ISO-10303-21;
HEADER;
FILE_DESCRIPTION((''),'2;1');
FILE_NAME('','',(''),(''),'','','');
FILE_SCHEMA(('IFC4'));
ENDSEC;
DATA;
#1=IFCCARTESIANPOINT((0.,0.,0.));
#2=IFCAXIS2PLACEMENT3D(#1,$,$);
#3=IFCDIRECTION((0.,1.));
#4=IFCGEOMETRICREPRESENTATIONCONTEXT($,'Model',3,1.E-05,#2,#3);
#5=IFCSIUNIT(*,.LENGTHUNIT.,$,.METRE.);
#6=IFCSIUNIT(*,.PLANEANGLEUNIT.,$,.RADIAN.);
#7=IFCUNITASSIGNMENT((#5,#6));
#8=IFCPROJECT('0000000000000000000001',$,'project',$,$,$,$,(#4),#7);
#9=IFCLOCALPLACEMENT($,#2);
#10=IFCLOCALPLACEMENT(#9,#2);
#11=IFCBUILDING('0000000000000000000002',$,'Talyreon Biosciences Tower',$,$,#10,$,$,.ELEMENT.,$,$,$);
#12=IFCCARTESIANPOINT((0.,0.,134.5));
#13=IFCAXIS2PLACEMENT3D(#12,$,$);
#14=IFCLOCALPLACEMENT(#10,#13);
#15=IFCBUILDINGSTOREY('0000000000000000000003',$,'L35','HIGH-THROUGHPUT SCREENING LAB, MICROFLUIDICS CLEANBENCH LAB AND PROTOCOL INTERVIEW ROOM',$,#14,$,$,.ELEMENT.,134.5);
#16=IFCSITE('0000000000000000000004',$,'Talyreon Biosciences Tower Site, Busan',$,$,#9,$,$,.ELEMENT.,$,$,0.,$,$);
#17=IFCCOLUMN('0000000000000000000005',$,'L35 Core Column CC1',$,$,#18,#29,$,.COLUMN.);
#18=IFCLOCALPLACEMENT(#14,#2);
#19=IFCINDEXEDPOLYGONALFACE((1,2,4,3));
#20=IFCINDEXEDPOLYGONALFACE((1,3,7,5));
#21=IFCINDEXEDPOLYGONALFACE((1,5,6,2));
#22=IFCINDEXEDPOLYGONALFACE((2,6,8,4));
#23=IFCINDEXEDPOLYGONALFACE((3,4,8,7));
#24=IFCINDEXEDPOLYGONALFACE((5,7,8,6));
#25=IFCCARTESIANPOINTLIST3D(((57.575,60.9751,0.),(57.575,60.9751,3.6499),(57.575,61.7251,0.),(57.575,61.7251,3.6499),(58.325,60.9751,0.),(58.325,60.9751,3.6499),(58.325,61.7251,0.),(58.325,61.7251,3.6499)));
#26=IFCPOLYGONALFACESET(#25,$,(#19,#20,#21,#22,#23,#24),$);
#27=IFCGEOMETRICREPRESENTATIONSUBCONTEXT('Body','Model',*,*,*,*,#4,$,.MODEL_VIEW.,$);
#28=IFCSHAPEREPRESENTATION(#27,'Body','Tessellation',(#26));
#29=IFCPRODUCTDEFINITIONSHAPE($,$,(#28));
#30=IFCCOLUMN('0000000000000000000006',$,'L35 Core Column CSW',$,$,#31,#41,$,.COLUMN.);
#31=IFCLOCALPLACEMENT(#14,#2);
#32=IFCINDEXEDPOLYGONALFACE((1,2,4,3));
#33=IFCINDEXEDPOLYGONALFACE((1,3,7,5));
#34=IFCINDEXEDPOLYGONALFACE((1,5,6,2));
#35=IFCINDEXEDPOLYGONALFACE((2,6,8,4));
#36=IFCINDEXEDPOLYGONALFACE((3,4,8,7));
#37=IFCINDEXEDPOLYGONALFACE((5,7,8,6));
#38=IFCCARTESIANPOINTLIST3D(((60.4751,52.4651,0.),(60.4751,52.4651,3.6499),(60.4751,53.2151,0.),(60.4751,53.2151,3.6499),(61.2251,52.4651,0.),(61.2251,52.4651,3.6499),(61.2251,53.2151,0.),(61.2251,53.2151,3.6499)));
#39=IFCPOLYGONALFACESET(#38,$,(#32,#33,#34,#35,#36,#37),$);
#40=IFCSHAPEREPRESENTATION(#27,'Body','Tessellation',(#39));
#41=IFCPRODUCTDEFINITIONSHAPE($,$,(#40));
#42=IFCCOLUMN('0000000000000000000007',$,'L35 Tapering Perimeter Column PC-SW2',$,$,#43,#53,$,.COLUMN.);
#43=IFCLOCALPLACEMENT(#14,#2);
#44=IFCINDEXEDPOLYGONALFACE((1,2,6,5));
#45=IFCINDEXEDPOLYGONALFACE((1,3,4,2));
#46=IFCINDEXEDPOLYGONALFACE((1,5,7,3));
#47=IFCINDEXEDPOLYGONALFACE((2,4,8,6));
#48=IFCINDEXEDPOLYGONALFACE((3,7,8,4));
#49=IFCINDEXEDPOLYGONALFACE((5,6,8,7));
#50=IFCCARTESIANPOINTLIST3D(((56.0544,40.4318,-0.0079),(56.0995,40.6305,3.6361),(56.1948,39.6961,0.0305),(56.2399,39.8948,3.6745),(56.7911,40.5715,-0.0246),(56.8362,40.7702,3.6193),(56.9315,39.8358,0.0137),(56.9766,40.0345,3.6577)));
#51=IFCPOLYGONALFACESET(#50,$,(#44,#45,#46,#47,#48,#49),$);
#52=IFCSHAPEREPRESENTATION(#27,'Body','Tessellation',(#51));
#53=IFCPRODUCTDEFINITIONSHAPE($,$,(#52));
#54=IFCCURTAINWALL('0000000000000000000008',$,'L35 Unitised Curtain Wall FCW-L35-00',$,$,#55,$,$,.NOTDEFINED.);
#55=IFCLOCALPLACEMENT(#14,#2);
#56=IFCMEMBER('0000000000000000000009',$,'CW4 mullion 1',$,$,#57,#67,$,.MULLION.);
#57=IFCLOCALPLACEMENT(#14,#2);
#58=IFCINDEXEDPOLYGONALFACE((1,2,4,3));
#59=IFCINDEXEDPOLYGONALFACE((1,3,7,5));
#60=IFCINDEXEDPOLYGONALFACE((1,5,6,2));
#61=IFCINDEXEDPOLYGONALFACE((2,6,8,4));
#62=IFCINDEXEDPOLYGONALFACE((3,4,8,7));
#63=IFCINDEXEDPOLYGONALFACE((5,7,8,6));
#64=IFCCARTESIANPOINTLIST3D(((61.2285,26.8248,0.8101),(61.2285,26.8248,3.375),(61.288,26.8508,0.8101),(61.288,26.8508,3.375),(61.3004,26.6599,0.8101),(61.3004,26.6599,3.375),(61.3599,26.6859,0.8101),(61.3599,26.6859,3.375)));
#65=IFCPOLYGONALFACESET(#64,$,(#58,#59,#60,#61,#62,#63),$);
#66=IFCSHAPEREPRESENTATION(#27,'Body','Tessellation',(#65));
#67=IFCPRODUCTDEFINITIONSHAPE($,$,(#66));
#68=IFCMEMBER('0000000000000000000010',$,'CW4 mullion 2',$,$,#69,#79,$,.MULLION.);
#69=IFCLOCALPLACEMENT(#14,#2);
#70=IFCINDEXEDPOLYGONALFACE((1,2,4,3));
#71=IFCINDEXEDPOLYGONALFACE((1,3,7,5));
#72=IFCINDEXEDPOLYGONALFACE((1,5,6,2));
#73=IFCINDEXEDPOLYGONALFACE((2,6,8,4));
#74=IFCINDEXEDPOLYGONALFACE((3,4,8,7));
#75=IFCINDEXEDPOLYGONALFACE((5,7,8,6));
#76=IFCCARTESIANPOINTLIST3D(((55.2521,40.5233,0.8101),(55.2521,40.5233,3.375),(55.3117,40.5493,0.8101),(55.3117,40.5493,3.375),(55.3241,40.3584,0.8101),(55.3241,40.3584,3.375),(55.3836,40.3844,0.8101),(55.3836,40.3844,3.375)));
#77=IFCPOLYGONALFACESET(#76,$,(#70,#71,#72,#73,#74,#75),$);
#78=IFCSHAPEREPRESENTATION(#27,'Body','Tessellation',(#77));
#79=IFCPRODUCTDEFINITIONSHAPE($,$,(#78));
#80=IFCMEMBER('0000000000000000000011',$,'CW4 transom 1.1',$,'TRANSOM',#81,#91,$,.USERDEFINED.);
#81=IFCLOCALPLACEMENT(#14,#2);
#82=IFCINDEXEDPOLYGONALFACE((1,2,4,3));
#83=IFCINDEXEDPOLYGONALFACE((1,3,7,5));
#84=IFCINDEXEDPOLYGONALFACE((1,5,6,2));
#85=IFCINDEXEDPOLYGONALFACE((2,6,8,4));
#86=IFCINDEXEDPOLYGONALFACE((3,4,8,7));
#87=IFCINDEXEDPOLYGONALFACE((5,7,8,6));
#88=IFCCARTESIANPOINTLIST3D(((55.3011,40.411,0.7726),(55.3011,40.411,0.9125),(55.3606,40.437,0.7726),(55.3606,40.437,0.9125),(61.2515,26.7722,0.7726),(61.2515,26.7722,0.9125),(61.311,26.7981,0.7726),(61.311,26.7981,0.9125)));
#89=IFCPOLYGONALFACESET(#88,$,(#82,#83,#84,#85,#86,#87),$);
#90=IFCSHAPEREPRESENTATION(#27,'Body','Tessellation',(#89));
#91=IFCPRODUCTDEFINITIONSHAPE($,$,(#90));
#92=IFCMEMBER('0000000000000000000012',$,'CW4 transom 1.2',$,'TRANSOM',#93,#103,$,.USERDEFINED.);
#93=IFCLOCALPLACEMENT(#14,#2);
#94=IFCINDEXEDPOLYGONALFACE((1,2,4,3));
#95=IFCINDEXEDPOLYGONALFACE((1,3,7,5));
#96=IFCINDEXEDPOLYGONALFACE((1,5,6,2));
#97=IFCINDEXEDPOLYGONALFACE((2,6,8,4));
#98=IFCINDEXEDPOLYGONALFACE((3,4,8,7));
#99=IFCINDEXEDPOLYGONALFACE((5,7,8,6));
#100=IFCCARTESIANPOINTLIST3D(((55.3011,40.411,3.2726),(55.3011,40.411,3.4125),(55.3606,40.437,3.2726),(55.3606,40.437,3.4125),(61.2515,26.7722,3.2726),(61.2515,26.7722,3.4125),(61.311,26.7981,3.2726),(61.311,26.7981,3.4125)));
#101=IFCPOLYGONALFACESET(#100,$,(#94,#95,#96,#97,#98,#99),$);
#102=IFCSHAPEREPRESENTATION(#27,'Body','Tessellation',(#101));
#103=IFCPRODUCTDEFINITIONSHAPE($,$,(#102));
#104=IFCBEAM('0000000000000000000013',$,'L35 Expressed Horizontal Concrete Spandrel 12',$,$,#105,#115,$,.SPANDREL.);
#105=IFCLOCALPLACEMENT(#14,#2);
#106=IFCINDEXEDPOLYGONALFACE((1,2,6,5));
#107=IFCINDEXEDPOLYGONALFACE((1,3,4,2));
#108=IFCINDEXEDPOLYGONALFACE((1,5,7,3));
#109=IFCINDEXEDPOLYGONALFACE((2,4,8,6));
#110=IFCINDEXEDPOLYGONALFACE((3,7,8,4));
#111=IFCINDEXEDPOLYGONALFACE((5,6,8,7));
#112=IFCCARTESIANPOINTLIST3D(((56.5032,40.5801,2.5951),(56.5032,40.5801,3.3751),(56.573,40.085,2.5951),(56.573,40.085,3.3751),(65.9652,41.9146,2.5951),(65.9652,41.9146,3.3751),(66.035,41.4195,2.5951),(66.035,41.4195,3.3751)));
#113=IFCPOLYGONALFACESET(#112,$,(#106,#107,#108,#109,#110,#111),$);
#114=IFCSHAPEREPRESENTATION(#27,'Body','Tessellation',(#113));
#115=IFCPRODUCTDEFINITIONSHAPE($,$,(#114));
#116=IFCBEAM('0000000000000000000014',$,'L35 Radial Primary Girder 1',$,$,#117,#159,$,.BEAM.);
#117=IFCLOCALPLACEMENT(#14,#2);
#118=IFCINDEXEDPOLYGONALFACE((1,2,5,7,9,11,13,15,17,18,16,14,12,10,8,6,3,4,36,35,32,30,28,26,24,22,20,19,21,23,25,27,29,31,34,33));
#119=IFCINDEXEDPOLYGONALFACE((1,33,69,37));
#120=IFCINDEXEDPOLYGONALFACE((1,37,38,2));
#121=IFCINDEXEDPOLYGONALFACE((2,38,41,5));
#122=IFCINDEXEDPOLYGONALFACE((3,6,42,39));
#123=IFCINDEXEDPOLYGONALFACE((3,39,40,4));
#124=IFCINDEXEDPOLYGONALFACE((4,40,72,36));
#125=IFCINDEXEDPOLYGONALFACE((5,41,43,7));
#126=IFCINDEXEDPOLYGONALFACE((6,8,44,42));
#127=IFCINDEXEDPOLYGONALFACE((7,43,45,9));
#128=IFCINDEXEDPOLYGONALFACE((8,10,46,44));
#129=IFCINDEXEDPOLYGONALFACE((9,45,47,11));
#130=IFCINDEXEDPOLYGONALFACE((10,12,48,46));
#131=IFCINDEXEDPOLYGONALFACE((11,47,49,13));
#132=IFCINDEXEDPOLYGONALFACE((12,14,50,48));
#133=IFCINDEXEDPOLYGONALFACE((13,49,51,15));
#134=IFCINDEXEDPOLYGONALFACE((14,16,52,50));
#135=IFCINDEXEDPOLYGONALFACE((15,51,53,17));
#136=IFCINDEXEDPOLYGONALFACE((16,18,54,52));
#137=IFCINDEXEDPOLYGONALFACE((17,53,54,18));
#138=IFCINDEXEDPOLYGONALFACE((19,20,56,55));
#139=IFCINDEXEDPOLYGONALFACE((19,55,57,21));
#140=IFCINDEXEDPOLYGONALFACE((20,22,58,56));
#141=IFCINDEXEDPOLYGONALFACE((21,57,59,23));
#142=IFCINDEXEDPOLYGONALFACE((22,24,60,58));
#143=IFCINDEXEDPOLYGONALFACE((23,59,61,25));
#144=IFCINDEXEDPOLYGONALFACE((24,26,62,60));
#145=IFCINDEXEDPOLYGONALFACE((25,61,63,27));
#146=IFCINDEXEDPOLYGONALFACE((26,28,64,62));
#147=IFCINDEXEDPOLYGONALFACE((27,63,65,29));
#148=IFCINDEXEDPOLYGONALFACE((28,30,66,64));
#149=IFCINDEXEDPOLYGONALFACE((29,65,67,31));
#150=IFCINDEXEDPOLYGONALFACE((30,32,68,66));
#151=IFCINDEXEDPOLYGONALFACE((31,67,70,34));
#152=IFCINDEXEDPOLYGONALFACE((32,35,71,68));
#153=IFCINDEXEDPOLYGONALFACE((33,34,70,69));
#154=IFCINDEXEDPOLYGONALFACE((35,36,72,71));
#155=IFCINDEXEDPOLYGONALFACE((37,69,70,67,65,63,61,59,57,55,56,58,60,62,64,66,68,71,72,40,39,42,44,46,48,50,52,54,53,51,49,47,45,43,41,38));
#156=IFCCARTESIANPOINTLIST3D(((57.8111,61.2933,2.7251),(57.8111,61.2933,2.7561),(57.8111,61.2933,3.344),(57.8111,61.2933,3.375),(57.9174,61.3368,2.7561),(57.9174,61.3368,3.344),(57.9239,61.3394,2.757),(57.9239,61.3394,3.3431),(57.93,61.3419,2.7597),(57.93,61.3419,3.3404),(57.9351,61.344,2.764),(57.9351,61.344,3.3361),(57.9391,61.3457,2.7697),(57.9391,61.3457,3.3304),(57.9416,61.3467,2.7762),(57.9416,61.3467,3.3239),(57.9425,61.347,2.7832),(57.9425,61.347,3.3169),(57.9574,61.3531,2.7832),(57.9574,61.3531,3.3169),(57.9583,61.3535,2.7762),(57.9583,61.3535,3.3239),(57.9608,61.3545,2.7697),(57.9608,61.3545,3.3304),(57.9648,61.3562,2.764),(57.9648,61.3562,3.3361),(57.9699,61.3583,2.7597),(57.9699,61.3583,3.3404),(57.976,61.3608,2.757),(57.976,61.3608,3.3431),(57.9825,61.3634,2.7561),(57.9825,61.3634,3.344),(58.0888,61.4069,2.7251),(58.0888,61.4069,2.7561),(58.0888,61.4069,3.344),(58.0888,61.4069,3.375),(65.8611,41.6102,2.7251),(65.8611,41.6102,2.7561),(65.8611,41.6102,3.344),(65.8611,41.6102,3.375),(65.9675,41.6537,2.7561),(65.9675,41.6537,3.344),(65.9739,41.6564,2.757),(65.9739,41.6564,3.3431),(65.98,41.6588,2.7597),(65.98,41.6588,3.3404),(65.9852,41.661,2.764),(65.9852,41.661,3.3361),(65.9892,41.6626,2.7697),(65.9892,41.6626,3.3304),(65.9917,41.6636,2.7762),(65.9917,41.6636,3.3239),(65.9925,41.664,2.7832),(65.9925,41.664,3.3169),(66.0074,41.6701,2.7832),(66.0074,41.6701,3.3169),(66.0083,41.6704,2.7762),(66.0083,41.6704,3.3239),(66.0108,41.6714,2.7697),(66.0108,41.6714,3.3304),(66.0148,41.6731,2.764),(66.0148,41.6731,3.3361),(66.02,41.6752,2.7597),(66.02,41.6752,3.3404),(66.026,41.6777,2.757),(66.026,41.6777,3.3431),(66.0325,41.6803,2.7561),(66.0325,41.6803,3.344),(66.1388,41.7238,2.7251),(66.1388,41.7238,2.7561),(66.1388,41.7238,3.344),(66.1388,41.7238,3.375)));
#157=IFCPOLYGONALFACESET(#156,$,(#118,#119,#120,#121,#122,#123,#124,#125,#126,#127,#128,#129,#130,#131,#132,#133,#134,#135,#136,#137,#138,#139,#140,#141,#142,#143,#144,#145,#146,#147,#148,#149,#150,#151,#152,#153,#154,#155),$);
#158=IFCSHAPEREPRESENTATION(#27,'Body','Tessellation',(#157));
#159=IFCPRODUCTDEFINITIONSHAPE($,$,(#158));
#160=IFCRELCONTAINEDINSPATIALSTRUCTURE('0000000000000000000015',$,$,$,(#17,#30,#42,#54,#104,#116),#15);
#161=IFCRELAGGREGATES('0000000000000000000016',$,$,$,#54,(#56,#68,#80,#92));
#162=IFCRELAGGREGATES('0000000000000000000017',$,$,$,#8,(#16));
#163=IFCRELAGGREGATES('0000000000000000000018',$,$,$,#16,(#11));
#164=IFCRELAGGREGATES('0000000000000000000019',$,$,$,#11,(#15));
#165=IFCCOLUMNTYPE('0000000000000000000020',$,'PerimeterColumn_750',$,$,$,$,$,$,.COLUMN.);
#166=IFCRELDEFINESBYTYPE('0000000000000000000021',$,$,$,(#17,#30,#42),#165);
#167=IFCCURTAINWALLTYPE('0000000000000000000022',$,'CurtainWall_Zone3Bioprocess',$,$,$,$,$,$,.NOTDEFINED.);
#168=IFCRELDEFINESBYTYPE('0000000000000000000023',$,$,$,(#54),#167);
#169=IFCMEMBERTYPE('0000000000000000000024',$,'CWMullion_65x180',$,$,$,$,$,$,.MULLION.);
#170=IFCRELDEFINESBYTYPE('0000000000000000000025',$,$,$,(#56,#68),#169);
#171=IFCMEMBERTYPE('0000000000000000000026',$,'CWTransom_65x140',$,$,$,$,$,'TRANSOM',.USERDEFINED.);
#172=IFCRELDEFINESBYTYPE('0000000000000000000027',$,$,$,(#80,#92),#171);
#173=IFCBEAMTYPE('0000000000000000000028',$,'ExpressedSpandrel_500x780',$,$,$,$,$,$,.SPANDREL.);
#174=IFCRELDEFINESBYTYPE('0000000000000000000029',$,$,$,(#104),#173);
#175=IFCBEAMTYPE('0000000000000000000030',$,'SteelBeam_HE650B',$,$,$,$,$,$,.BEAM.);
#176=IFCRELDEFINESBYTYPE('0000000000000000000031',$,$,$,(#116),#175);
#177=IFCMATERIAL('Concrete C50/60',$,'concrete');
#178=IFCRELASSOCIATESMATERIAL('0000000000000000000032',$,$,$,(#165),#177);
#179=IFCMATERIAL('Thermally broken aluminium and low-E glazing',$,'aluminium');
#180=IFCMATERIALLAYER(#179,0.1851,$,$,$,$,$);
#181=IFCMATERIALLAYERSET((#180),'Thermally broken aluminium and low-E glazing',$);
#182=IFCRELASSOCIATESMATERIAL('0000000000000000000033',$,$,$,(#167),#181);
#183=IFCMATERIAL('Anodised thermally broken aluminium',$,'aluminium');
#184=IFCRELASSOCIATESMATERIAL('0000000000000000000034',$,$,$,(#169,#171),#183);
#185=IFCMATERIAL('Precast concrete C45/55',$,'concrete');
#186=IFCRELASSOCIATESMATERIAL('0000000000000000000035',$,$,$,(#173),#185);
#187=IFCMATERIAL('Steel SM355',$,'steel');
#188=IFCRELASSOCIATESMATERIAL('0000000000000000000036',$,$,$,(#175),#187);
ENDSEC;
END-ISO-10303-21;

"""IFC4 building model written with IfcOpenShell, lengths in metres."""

from ifc_helpers import new_model, si_unit, direction, frame, origin, origin_2d, place, context, subcontext, project, spatial, rectangle, i_section, extrude, material, layer, layer_set, material_profile, profile_set, type_object, element, aggregate, save


model = new_model("IFC4")

# Units and contexts
model_context = context("Model", 3, precision=1e-05, world=origin(), true_north=direction((0.0, 1.0)))
body_context = subcontext(model_context, "Body", "Model", "MODEL_VIEW")
ifc_project = project(units=[si_unit("LENGTHUNIT", "METRE"), si_unit("PLANEANGLEUNIT", "RADIAN")], contexts=[model_context])

# Site, building, storey
site_placement = place(None, origin())
site = spatial("IfcSite", under=ifc_project, at=site_placement, Name="Talyreon Biosciences Tower Site, Busan", CompositionType="ELEMENT", RefElevation=0.0)
building_placement = place(site_placement, origin())
building = spatial("IfcBuilding", under=site, at=building_placement, Name="Talyreon Biosciences Tower", CompositionType="ELEMENT")
storey_placement = place(building_placement, frame((0.0, 0.0, 134.5)))
storey = spatial("IfcBuildingStorey", under=building, at=storey_placement, Name="L35", Description="HIGH-THROUGHPUT SCREENING LAB, MICROFLUIDICS CLEANBENCH LAB AND PROTOCOL INTERVIEW ROOM", CompositionType="ELEMENT", Elevation=134.5)

# Columns
ifc_material_1 = material(Name="Concrete C50/60", Category="concrete")
ifc_material_profile_1 = material_profile(ifc_material_1, rectangle(XDim=0.75, YDim=0.75, at=origin_2d()), Name="RC 750x750")
ifc_profile_set_1 = profile_set([ifc_material_profile_1], Name="Concrete C50/60")
column_type = type_object("IfcColumnType", Name="PerimeterColumn_750", PredefinedType="COLUMN", material=ifc_profile_set_1)
for number, where, z_axis, x_axis, name in (
    (1, (57.95, 61.3501, 0.0), (0.0, 0.0, 1.0), (1.0, 0.0, 0.0), "L35 Core Column CC1"),
    (2, (60.8501, 52.8401, 0.0), (0.0, 0.0, 1.0), (1.0, 0.0, 0.0), "L35 Core Column CSW"),
):
    element("IfcColumn", number, at=place(storey_placement, frame(where, z_axis=z_axis, x_axis=x_axis)), inside=storey, type_object=column_type, Name=name, PredefinedType="COLUMN", context=body_context, shape_type="SweptSolid", body=[
        extrude(rectangle(XDim=0.75, YDim=0.75, at=origin_2d()), origin(), (0.0, 0.0, 1.0), 3.6499),
    ])
column_placement = place(storey_placement, frame((56.4929, 40.1338, 0.0029), z_axis=(0.012375, 0.054451, 0.99844), x_axis=(-0.187196, 0.980988, -0.051179)))
element("IfcColumn", 3, at=column_placement, inside=storey, type_object=column_type, Name="L35 Tapering Perimeter Column PC-SW2", PredefinedType="COLUMN", context=body_context, shape_type="SweptSolid", body=[
    extrude(rectangle(XDim=0.75, YDim=0.75, at=origin_2d()), origin(), (0.0, 0.0, 1.0), 3.6497),
])

# Curtain wall, members
ifc_material_2 = material(Name="Thermally broken aluminium and low-E glazing", Category="aluminium")
ifc_layer_1 = layer(ifc_material_2, 0.1851)
ifc_layer_set_1 = layer_set([ifc_layer_1], Name="Thermally broken aluminium and low-E glazing")
curtain_wall_type = type_object("IfcCurtainWallType", Name="CurtainWall_Zone3Bioprocess", PredefinedType="NOTDEFINED", material=ifc_layer_set_1)
curtain_wall_placement = place(storey_placement, origin())
curtain_wall = element("IfcCurtainWall", 4, at=curtain_wall_placement, inside=storey, type_object=curtain_wall_type, Name="L35 Unitised Curtain Wall FCW-L35-00", PredefinedType="NOTDEFINED")
ifc_material_3 = material(Name="Anodised thermally broken aluminium", Category="aluminium")
ifc_material_profile_2 = material_profile(ifc_material_3, rectangle(XDim=0.0649, YDim=0.1799, at=origin_2d()), Name="ALUM MULLION 65x180")
ifc_profile_set_2 = profile_set([ifc_material_profile_2], Name="Anodised thermally broken aluminium")
member_type_1 = type_object("IfcMemberType", Name="CWMullion_65x180", PredefinedType="MULLION", material=ifc_profile_set_2)
member_1_placement = place(storey_placement, frame((61.2942, 26.7554, 0.8101), z_axis=(0.0, 0.0, 1.0), x_axis=(-0.916566, -0.399882, 0.0)))
member_1 = element("IfcMember", 5, at=member_1_placement, type_object=member_type_1, Name="CW4 mullion 1", PredefinedType="MULLION", context=body_context, shape_type="SweptSolid", body=[
    extrude(rectangle(XDim=0.0649, YDim=0.1799, at=origin_2d()), origin(), (0.0, 0.0, 1.0), 2.5649),
])
member_2_placement = place(storey_placement, frame((55.3179, 40.4539, 0.8101), z_axis=(0.0, 0.0, 1.0), x_axis=(-0.916566, -0.399882, 0.0)))
member_2 = element("IfcMember", 6, at=member_2_placement, type_object=member_type_1, Name="CW4 mullion 2", PredefinedType="MULLION", context=body_context, shape_type="SweptSolid", body=[
    extrude(rectangle(XDim=0.0649, YDim=0.1799, at=origin_2d()), origin(), (0.0, 0.0, 1.0), 2.5649),
])
ifc_material_profile_3 = material_profile(ifc_material_3, rectangle(XDim=0.0649, YDim=0.1399, at=origin_2d()), Name="ALUM TRANSOM 65x140")
ifc_profile_set_3 = profile_set([ifc_material_profile_3], Name="Anodised thermally broken aluminium")
member_type_2 = type_object("IfcMemberType", Name="CWTransom_65x140", ElementType="TRANSOM", PredefinedType="USERDEFINED", material=ifc_profile_set_3)
member_3_placement = place(storey_placement, frame((61.2812, 26.7852, 0.8425), z_axis=(-0.399883, 0.916566, 0.0), x_axis=(-0.916566, -0.399883, 0.0)))
member_3 = element("IfcMember", 7, at=member_3_placement, type_object=member_type_2, Name="CW4 transom 1.1", ObjectType="TRANSOM", PredefinedType="USERDEFINED", context=body_context, shape_type="SweptSolid", body=[
    extrude(rectangle(XDim=0.0649, YDim=0.1399, at=origin_2d()), origin(), (0.0, 0.0, 1.0), 14.8804),
])
member_4_placement = place(storey_placement, frame((61.2812, 26.7852, 3.3425), z_axis=(-0.399883, 0.916566, 0.0), x_axis=(-0.916566, -0.399883, 0.0)))
member_4 = element("IfcMember", 8, at=member_4_placement, type_object=member_type_2, Name="CW4 transom 1.2", ObjectType="TRANSOM", PredefinedType="USERDEFINED", context=body_context, shape_type="SweptSolid", body=[
    extrude(rectangle(XDim=0.0649, YDim=0.1399, at=origin_2d()), origin(), (0.0, 0.0, 1.0), 14.8804),
])

# Beams
ifc_material_4 = material(Name="Precast concrete C45/55", Category="concrete")
ifc_material_profile_4 = material_profile(ifc_material_4, rectangle(XDim=0.5, YDim=0.78, at=origin_2d()), Name="RCB 500x780")
ifc_profile_set_4 = profile_set([ifc_material_profile_4], Name="Precast concrete C45/55")
beam_type_1 = type_object("IfcBeamType", Name="ExpressedSpandrel_500x780", PredefinedType="SPANDREL", material=ifc_profile_set_4)
beam_1_placement = place(storey_placement, frame((56.5381, 40.3325, 2.9851), z_axis=(0.9902, 0.139654, 0.0), x_axis=(-0.139654, 0.9902, 0.0)))
element("IfcBeam", 9, at=beam_1_placement, inside=storey, type_object=beam_type_1, Name="L35 Expressed Horizontal Concrete Spandrel 12", PredefinedType="SPANDREL", context=body_context, shape_type="SweptSolid", body=[
    extrude(rectangle(XDim=0.5, YDim=0.78, at=origin_2d()), origin(), (0.0, 0.0, 1.0), 9.5557),
])
ifc_material_5 = material(Name="Steel SM355", Category="steel")
ifc_material_profile_5 = material_profile(ifc_material_5, i_section(OverallWidth=0.3, OverallDepth=0.6499, WebThickness=0.0161, FlangeThickness=0.031, FilletRadius=0.0271, at=origin_2d()), Name="HE650B")
ifc_profile_set_5 = profile_set([ifc_material_profile_5], Name="Steel SM355")
beam_type_2 = type_object("IfcBeamType", Name="SteelBeam_HE650B", PredefinedType="BEAM", material=ifc_profile_set_5)
beam_2_placement = place(storey_placement, frame((57.95, 61.3501, 3.05), z_axis=(0.378547, -0.925582, 0.0), x_axis=(0.925582, 0.378547, 0.0)))
element("IfcBeam", 10, at=beam_2_placement, inside=storey, type_object=beam_type_2, Name="L35 Radial Primary Girder 1", PredefinedType="BEAM", context=body_context, shape_type="SweptSolid", body=[
    extrude(i_section(OverallWidth=0.3, OverallDepth=0.6499, WebThickness=0.0161, FlangeThickness=0.031, FilletRadius=0.0271, at=origin_2d()), origin(), (0.0, 0.0, 1.0), 21.2656),
])

aggregate(curtain_wall, [member_1, member_2, member_3, member_4])

save(model, "model.ifc")
